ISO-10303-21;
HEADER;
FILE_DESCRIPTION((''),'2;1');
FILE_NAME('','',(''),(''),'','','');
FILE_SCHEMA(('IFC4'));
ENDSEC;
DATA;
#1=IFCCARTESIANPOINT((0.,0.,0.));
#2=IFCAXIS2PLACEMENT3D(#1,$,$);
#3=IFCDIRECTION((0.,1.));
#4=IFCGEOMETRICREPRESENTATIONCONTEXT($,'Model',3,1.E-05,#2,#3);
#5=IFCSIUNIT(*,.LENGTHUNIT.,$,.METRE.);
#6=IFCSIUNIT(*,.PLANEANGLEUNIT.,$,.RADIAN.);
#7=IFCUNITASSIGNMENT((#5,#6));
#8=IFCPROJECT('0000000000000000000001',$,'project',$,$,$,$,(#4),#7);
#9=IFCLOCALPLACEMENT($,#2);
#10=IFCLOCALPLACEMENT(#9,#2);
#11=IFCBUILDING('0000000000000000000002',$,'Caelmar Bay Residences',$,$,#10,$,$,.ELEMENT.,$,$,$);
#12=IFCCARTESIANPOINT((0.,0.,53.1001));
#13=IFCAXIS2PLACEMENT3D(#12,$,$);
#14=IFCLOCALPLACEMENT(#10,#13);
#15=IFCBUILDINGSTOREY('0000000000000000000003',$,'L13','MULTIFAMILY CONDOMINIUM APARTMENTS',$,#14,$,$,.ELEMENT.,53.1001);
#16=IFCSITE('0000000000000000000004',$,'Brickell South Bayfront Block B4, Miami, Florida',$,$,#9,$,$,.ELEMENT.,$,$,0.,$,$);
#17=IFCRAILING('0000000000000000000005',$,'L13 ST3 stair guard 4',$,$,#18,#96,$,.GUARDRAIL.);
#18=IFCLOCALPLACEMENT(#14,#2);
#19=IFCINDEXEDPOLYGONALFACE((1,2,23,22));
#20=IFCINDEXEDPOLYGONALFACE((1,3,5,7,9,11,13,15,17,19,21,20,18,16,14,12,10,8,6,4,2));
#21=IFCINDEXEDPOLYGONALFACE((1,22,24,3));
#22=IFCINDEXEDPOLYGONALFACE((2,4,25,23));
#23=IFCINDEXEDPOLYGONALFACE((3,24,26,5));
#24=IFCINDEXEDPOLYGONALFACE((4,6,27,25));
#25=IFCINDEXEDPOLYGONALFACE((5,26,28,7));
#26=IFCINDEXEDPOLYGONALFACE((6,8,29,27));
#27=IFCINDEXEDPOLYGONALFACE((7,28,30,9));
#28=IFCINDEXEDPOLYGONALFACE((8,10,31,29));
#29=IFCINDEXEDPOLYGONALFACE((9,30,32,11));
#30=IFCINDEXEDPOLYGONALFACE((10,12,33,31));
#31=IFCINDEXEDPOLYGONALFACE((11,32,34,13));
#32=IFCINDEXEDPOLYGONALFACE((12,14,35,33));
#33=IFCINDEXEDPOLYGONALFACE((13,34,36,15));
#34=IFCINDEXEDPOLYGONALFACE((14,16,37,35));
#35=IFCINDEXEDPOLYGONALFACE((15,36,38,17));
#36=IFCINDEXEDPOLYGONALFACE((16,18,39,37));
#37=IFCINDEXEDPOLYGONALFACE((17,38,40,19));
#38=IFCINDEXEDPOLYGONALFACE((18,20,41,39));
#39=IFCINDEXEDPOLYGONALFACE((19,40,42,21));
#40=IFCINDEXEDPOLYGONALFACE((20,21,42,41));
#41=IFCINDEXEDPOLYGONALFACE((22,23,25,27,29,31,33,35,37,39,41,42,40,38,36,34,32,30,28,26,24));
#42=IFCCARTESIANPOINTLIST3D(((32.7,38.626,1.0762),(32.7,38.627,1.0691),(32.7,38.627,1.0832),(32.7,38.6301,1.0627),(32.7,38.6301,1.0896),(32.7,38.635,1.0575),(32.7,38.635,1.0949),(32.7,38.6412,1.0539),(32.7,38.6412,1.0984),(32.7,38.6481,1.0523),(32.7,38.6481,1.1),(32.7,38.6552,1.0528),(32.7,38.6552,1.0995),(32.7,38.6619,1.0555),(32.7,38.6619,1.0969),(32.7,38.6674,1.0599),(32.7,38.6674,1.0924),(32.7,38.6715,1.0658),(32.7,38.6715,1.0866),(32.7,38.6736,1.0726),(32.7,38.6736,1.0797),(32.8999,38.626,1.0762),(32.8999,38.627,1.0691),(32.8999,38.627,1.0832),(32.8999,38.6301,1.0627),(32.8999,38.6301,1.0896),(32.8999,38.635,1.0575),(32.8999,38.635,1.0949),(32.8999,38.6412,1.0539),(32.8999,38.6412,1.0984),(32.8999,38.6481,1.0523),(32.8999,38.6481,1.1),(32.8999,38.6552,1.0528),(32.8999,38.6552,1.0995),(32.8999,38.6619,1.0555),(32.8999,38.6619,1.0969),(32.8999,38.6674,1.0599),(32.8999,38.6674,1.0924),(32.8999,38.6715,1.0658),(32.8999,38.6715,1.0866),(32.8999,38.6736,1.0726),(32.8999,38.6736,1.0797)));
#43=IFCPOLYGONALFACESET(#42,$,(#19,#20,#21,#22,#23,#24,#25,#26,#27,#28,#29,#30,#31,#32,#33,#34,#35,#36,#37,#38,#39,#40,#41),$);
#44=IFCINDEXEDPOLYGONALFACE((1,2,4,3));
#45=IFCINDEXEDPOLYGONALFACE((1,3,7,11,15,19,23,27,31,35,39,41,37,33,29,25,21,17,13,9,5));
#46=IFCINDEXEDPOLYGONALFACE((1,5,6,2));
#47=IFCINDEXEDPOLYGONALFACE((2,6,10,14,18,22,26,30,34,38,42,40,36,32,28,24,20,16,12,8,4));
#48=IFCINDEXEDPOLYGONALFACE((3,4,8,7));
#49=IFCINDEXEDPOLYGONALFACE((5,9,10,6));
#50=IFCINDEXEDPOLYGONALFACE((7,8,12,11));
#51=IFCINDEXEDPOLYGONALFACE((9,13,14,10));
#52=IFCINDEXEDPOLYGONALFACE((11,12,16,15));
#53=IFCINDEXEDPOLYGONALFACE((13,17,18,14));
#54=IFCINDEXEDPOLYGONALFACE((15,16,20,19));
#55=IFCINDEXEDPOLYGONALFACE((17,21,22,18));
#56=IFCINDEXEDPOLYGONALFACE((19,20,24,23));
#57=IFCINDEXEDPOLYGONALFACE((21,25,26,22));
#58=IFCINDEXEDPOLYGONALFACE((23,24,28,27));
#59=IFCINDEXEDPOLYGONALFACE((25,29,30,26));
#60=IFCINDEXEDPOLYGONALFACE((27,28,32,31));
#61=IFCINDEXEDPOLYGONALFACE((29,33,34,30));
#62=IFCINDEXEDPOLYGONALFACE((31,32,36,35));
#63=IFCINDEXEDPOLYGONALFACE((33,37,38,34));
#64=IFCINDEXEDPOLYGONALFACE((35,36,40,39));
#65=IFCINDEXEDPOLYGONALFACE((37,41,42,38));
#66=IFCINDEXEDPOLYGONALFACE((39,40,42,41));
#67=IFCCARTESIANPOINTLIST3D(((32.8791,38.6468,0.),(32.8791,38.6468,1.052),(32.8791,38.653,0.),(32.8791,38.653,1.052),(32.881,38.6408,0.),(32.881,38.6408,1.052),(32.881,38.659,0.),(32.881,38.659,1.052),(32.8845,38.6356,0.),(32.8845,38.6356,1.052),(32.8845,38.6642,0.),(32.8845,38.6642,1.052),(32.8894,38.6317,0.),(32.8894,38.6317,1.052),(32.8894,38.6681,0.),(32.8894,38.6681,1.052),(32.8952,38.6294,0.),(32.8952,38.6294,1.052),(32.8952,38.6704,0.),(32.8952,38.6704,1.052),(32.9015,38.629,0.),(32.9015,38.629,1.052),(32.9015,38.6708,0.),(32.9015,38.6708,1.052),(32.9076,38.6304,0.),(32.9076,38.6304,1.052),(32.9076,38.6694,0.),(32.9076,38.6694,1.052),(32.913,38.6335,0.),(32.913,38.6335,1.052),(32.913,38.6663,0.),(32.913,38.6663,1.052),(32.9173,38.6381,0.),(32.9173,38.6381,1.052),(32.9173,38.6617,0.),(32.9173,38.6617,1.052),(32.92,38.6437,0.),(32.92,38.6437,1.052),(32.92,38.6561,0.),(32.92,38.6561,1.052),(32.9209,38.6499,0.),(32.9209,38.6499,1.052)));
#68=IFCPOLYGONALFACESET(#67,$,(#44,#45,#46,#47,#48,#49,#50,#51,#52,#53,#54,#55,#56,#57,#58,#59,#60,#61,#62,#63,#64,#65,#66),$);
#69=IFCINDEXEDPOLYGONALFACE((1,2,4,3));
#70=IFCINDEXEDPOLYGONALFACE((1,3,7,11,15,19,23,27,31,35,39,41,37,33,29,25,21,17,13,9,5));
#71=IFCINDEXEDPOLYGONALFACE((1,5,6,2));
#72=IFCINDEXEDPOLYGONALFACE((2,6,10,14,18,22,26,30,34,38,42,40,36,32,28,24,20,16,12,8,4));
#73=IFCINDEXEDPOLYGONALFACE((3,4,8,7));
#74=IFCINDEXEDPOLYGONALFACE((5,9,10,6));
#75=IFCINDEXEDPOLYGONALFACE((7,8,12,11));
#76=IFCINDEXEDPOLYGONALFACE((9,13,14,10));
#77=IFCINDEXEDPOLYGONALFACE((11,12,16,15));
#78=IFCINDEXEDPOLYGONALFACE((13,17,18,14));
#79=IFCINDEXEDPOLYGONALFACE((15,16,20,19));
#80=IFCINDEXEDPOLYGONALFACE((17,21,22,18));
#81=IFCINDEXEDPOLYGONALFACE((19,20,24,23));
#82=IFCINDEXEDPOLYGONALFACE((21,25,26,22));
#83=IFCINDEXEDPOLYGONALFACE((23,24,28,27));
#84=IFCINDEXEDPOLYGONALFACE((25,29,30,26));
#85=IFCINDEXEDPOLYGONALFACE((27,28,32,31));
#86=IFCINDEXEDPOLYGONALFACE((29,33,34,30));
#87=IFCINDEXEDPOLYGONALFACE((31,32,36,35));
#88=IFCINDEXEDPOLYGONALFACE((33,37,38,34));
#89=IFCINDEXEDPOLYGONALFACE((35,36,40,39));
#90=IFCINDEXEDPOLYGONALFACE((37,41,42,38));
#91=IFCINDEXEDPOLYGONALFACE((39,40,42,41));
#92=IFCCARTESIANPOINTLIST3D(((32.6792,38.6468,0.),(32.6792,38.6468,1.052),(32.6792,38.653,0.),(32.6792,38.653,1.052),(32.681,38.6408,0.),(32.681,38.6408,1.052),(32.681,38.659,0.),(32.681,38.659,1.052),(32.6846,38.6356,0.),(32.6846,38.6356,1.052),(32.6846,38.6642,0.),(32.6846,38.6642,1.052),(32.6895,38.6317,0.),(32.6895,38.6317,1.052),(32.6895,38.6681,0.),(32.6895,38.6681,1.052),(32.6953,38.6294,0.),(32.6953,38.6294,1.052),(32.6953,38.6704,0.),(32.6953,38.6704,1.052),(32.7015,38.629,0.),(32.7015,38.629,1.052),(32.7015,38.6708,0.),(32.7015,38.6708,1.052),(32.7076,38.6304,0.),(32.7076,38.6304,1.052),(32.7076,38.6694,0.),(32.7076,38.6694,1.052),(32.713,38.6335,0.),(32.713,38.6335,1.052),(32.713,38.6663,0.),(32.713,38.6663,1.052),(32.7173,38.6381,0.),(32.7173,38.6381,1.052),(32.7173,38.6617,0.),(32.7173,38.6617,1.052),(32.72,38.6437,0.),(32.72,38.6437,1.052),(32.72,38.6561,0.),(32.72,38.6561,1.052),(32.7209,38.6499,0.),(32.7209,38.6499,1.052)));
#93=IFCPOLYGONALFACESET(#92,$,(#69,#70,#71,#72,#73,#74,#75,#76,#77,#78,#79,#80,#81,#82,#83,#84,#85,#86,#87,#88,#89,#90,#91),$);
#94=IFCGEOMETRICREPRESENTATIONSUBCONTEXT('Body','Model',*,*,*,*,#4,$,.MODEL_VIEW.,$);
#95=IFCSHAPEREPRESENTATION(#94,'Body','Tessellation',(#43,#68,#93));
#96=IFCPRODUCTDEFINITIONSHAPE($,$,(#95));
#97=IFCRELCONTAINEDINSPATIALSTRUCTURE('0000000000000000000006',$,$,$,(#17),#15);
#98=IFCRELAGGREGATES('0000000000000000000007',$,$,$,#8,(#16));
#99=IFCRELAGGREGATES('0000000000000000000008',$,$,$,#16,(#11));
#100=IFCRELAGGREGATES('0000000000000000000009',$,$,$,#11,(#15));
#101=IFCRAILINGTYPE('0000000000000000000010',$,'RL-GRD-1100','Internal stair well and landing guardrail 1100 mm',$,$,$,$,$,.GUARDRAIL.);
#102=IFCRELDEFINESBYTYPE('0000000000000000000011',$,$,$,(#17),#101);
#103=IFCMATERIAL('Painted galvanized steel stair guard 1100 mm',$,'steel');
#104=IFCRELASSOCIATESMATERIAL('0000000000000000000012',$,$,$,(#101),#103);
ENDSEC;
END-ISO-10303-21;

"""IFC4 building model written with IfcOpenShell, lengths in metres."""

from ifc_helpers import new_model, si_unit, direction, frame, origin, origin_2d, place, context, subcontext, project, spatial, circle, extrude, material, type_object, element, save


model = new_model("IFC4")

# Units and contexts
model_context = context("Model", 3, precision=1e-05, world=origin(), true_north=direction((0.0, 1.0)))
body_context = subcontext(model_context, "Body", "Model", "MODEL_VIEW")
ifc_project = project(units=[si_unit("LENGTHUNIT", "METRE"), si_unit("PLANEANGLEUNIT", "RADIAN")], contexts=[model_context])

# Site, building, storey
site_placement = place(None, origin())
site = spatial("IfcSite", under=ifc_project, at=site_placement, Name="Brickell South Bayfront Block B4, Miami, Florida", CompositionType="ELEMENT", RefElevation=0.0)
building_placement = place(site_placement, origin())
building = spatial("IfcBuilding", under=site, at=building_placement, Name="Caelmar Bay Residences", CompositionType="ELEMENT")
storey_placement = place(building_placement, frame((0.0, 0.0, 53.1001)))
storey = spatial("IfcBuildingStorey", under=building, at=storey_placement, Name="L13", Description="MULTIFAMILY CONDOMINIUM APARTMENTS", CompositionType="ELEMENT", Elevation=53.1001)

# Railing
ifc_material_1 = material(Name="Painted galvanized steel stair guard 1100 mm", Category="steel")
railing_type_1 = type_object("IfcRailingType", Name="RL-GRD-1100", Description="Internal stair well and landing guardrail 1100 mm", PredefinedType="GUARDRAIL", material=ifc_material_1)
railing_1_placement = place(storey_placement, frame((32.8999, 38.6499, 0.0)))
element("IfcRailing", 1, at=railing_1_placement, inside=storey, type_object=railing_type_1, Name="L13 ST3 stair guard 4", PredefinedType="GUARDRAIL", context=body_context, shape_type="SweptSolid", body=[
    extrude(circle(Radius=0.0239, at=origin_2d()), frame((0.0, 0.0, 1.0762), z_axis=(-1.0, 0.0, 0.0), x_axis=(0.0, -1.0, 0.0)), (0.0, 0.0, 1.0), 0.2),
    extrude(circle(Radius=0.021, at=origin_2d()), origin(), (0.0, 0.0, 1.0), 1.052),
    extrude(circle(Radius=0.021, at=origin_2d()), frame((-0.2, 0.0, 0.0)), (0.0, 0.0, 1.0), 1.052),
])

save(model, "model.ifc")
